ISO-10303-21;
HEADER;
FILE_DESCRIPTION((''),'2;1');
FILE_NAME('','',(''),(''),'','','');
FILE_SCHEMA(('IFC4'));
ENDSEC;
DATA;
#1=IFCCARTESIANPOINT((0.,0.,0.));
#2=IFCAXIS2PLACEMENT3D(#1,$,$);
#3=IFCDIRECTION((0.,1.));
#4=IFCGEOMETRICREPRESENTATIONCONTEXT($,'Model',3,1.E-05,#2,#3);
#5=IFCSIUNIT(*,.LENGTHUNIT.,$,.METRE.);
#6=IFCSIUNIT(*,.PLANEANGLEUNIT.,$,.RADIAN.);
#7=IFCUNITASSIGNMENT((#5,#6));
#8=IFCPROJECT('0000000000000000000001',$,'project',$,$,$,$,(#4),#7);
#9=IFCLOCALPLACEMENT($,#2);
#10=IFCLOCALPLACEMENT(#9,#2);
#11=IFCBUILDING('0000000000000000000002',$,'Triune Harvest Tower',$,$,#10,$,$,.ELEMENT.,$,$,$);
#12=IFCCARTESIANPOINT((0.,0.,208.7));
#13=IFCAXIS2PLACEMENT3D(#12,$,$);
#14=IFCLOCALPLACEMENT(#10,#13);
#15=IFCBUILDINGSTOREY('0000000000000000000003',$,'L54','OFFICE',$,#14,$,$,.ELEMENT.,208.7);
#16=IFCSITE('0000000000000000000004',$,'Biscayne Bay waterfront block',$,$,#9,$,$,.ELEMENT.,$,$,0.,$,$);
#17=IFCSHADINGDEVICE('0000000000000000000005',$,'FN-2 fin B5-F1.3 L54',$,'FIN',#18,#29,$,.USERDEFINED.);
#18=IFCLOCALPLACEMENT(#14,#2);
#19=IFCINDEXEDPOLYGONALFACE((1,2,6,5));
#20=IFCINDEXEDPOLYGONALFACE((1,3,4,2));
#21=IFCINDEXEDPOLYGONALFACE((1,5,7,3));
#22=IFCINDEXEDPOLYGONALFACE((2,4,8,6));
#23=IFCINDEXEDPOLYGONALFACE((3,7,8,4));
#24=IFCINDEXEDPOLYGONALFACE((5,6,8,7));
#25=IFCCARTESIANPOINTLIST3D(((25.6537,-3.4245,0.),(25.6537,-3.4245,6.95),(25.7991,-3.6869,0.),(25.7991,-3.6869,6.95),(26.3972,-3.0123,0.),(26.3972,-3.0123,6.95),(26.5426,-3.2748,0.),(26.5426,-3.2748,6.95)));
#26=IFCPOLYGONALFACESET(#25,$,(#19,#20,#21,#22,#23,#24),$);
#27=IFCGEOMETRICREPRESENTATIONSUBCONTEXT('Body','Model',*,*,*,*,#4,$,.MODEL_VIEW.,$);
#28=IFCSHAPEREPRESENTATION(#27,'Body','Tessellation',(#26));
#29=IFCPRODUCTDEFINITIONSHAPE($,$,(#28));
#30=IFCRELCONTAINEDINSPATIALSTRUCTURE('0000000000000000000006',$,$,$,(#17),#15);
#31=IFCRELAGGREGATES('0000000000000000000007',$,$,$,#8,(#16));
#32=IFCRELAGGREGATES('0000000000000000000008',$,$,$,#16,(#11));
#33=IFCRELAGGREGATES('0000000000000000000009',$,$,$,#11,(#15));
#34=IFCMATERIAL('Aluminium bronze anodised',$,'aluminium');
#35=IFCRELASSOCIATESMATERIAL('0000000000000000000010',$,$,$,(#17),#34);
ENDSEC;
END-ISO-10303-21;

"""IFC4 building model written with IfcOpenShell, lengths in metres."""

from ifc_helpers import new_model, si_unit, direction, frame, origin, origin_2d, place, context, subcontext, project, spatial, rectangle, extrude, source, transform, mapped, material, element, save


model = new_model("IFC4")

# Units and contexts
model_context = context("Model", 3, precision=1e-05, world=origin(), true_north=direction((0.0, 1.0)))
body_context = subcontext(model_context, "Body", "Model", "MODEL_VIEW")
ifc_project = project(units=[si_unit("LENGTHUNIT", "METRE"), si_unit("PLANEANGLEUNIT", "RADIAN")], contexts=[model_context])

# Site, building, storey
site_placement = place(None, origin())
site = spatial("IfcSite", under=ifc_project, at=site_placement, Name="Biscayne Bay waterfront block", CompositionType="ELEMENT", RefElevation=0.0)
building_placement = place(site_placement, origin())
building = spatial("IfcBuilding", under=site, at=building_placement, Name="Triune Harvest Tower", CompositionType="ELEMENT")
storey_placement = place(building_placement, frame((0.0, 0.0, 208.7)))
storey = spatial("IfcBuildingStorey", under=building, at=storey_placement, Name="L54", Description="OFFICE", CompositionType="ELEMENT", Elevation=208.7)

# Shading device
ifc_material_1 = material(Name="Aluminium bronze anodised", Category="aluminium")
shared_shape_1 = source(origin(), body_context, "Body", "SweptSolid", [
    extrude(rectangle(XDim=0.3, YDim=0.8501, at=origin_2d()), origin(), (0.0, 0.0, 1.0), 6.95),
])
shading_device_placement = place(storey_placement, frame((26.0981, -3.3496, 0.0), z_axis=(0.0, 0.0, 1.0), x_axis=(-0.484808, 0.87462, 0.0)))
element("IfcShadingDevice", 1, at=shading_device_placement, inside=storey, material=ifc_material_1, Name="FN-2 fin B5-F1.3 L54", ObjectType="FIN", PredefinedType="USERDEFINED", context=body_context, shape_type="MappedRepresentation", body=[
    mapped(shared_shape_1, transform((0.0, 0.0, 0.0), scale=1.0)),
])

save(model, "model.ifc")
